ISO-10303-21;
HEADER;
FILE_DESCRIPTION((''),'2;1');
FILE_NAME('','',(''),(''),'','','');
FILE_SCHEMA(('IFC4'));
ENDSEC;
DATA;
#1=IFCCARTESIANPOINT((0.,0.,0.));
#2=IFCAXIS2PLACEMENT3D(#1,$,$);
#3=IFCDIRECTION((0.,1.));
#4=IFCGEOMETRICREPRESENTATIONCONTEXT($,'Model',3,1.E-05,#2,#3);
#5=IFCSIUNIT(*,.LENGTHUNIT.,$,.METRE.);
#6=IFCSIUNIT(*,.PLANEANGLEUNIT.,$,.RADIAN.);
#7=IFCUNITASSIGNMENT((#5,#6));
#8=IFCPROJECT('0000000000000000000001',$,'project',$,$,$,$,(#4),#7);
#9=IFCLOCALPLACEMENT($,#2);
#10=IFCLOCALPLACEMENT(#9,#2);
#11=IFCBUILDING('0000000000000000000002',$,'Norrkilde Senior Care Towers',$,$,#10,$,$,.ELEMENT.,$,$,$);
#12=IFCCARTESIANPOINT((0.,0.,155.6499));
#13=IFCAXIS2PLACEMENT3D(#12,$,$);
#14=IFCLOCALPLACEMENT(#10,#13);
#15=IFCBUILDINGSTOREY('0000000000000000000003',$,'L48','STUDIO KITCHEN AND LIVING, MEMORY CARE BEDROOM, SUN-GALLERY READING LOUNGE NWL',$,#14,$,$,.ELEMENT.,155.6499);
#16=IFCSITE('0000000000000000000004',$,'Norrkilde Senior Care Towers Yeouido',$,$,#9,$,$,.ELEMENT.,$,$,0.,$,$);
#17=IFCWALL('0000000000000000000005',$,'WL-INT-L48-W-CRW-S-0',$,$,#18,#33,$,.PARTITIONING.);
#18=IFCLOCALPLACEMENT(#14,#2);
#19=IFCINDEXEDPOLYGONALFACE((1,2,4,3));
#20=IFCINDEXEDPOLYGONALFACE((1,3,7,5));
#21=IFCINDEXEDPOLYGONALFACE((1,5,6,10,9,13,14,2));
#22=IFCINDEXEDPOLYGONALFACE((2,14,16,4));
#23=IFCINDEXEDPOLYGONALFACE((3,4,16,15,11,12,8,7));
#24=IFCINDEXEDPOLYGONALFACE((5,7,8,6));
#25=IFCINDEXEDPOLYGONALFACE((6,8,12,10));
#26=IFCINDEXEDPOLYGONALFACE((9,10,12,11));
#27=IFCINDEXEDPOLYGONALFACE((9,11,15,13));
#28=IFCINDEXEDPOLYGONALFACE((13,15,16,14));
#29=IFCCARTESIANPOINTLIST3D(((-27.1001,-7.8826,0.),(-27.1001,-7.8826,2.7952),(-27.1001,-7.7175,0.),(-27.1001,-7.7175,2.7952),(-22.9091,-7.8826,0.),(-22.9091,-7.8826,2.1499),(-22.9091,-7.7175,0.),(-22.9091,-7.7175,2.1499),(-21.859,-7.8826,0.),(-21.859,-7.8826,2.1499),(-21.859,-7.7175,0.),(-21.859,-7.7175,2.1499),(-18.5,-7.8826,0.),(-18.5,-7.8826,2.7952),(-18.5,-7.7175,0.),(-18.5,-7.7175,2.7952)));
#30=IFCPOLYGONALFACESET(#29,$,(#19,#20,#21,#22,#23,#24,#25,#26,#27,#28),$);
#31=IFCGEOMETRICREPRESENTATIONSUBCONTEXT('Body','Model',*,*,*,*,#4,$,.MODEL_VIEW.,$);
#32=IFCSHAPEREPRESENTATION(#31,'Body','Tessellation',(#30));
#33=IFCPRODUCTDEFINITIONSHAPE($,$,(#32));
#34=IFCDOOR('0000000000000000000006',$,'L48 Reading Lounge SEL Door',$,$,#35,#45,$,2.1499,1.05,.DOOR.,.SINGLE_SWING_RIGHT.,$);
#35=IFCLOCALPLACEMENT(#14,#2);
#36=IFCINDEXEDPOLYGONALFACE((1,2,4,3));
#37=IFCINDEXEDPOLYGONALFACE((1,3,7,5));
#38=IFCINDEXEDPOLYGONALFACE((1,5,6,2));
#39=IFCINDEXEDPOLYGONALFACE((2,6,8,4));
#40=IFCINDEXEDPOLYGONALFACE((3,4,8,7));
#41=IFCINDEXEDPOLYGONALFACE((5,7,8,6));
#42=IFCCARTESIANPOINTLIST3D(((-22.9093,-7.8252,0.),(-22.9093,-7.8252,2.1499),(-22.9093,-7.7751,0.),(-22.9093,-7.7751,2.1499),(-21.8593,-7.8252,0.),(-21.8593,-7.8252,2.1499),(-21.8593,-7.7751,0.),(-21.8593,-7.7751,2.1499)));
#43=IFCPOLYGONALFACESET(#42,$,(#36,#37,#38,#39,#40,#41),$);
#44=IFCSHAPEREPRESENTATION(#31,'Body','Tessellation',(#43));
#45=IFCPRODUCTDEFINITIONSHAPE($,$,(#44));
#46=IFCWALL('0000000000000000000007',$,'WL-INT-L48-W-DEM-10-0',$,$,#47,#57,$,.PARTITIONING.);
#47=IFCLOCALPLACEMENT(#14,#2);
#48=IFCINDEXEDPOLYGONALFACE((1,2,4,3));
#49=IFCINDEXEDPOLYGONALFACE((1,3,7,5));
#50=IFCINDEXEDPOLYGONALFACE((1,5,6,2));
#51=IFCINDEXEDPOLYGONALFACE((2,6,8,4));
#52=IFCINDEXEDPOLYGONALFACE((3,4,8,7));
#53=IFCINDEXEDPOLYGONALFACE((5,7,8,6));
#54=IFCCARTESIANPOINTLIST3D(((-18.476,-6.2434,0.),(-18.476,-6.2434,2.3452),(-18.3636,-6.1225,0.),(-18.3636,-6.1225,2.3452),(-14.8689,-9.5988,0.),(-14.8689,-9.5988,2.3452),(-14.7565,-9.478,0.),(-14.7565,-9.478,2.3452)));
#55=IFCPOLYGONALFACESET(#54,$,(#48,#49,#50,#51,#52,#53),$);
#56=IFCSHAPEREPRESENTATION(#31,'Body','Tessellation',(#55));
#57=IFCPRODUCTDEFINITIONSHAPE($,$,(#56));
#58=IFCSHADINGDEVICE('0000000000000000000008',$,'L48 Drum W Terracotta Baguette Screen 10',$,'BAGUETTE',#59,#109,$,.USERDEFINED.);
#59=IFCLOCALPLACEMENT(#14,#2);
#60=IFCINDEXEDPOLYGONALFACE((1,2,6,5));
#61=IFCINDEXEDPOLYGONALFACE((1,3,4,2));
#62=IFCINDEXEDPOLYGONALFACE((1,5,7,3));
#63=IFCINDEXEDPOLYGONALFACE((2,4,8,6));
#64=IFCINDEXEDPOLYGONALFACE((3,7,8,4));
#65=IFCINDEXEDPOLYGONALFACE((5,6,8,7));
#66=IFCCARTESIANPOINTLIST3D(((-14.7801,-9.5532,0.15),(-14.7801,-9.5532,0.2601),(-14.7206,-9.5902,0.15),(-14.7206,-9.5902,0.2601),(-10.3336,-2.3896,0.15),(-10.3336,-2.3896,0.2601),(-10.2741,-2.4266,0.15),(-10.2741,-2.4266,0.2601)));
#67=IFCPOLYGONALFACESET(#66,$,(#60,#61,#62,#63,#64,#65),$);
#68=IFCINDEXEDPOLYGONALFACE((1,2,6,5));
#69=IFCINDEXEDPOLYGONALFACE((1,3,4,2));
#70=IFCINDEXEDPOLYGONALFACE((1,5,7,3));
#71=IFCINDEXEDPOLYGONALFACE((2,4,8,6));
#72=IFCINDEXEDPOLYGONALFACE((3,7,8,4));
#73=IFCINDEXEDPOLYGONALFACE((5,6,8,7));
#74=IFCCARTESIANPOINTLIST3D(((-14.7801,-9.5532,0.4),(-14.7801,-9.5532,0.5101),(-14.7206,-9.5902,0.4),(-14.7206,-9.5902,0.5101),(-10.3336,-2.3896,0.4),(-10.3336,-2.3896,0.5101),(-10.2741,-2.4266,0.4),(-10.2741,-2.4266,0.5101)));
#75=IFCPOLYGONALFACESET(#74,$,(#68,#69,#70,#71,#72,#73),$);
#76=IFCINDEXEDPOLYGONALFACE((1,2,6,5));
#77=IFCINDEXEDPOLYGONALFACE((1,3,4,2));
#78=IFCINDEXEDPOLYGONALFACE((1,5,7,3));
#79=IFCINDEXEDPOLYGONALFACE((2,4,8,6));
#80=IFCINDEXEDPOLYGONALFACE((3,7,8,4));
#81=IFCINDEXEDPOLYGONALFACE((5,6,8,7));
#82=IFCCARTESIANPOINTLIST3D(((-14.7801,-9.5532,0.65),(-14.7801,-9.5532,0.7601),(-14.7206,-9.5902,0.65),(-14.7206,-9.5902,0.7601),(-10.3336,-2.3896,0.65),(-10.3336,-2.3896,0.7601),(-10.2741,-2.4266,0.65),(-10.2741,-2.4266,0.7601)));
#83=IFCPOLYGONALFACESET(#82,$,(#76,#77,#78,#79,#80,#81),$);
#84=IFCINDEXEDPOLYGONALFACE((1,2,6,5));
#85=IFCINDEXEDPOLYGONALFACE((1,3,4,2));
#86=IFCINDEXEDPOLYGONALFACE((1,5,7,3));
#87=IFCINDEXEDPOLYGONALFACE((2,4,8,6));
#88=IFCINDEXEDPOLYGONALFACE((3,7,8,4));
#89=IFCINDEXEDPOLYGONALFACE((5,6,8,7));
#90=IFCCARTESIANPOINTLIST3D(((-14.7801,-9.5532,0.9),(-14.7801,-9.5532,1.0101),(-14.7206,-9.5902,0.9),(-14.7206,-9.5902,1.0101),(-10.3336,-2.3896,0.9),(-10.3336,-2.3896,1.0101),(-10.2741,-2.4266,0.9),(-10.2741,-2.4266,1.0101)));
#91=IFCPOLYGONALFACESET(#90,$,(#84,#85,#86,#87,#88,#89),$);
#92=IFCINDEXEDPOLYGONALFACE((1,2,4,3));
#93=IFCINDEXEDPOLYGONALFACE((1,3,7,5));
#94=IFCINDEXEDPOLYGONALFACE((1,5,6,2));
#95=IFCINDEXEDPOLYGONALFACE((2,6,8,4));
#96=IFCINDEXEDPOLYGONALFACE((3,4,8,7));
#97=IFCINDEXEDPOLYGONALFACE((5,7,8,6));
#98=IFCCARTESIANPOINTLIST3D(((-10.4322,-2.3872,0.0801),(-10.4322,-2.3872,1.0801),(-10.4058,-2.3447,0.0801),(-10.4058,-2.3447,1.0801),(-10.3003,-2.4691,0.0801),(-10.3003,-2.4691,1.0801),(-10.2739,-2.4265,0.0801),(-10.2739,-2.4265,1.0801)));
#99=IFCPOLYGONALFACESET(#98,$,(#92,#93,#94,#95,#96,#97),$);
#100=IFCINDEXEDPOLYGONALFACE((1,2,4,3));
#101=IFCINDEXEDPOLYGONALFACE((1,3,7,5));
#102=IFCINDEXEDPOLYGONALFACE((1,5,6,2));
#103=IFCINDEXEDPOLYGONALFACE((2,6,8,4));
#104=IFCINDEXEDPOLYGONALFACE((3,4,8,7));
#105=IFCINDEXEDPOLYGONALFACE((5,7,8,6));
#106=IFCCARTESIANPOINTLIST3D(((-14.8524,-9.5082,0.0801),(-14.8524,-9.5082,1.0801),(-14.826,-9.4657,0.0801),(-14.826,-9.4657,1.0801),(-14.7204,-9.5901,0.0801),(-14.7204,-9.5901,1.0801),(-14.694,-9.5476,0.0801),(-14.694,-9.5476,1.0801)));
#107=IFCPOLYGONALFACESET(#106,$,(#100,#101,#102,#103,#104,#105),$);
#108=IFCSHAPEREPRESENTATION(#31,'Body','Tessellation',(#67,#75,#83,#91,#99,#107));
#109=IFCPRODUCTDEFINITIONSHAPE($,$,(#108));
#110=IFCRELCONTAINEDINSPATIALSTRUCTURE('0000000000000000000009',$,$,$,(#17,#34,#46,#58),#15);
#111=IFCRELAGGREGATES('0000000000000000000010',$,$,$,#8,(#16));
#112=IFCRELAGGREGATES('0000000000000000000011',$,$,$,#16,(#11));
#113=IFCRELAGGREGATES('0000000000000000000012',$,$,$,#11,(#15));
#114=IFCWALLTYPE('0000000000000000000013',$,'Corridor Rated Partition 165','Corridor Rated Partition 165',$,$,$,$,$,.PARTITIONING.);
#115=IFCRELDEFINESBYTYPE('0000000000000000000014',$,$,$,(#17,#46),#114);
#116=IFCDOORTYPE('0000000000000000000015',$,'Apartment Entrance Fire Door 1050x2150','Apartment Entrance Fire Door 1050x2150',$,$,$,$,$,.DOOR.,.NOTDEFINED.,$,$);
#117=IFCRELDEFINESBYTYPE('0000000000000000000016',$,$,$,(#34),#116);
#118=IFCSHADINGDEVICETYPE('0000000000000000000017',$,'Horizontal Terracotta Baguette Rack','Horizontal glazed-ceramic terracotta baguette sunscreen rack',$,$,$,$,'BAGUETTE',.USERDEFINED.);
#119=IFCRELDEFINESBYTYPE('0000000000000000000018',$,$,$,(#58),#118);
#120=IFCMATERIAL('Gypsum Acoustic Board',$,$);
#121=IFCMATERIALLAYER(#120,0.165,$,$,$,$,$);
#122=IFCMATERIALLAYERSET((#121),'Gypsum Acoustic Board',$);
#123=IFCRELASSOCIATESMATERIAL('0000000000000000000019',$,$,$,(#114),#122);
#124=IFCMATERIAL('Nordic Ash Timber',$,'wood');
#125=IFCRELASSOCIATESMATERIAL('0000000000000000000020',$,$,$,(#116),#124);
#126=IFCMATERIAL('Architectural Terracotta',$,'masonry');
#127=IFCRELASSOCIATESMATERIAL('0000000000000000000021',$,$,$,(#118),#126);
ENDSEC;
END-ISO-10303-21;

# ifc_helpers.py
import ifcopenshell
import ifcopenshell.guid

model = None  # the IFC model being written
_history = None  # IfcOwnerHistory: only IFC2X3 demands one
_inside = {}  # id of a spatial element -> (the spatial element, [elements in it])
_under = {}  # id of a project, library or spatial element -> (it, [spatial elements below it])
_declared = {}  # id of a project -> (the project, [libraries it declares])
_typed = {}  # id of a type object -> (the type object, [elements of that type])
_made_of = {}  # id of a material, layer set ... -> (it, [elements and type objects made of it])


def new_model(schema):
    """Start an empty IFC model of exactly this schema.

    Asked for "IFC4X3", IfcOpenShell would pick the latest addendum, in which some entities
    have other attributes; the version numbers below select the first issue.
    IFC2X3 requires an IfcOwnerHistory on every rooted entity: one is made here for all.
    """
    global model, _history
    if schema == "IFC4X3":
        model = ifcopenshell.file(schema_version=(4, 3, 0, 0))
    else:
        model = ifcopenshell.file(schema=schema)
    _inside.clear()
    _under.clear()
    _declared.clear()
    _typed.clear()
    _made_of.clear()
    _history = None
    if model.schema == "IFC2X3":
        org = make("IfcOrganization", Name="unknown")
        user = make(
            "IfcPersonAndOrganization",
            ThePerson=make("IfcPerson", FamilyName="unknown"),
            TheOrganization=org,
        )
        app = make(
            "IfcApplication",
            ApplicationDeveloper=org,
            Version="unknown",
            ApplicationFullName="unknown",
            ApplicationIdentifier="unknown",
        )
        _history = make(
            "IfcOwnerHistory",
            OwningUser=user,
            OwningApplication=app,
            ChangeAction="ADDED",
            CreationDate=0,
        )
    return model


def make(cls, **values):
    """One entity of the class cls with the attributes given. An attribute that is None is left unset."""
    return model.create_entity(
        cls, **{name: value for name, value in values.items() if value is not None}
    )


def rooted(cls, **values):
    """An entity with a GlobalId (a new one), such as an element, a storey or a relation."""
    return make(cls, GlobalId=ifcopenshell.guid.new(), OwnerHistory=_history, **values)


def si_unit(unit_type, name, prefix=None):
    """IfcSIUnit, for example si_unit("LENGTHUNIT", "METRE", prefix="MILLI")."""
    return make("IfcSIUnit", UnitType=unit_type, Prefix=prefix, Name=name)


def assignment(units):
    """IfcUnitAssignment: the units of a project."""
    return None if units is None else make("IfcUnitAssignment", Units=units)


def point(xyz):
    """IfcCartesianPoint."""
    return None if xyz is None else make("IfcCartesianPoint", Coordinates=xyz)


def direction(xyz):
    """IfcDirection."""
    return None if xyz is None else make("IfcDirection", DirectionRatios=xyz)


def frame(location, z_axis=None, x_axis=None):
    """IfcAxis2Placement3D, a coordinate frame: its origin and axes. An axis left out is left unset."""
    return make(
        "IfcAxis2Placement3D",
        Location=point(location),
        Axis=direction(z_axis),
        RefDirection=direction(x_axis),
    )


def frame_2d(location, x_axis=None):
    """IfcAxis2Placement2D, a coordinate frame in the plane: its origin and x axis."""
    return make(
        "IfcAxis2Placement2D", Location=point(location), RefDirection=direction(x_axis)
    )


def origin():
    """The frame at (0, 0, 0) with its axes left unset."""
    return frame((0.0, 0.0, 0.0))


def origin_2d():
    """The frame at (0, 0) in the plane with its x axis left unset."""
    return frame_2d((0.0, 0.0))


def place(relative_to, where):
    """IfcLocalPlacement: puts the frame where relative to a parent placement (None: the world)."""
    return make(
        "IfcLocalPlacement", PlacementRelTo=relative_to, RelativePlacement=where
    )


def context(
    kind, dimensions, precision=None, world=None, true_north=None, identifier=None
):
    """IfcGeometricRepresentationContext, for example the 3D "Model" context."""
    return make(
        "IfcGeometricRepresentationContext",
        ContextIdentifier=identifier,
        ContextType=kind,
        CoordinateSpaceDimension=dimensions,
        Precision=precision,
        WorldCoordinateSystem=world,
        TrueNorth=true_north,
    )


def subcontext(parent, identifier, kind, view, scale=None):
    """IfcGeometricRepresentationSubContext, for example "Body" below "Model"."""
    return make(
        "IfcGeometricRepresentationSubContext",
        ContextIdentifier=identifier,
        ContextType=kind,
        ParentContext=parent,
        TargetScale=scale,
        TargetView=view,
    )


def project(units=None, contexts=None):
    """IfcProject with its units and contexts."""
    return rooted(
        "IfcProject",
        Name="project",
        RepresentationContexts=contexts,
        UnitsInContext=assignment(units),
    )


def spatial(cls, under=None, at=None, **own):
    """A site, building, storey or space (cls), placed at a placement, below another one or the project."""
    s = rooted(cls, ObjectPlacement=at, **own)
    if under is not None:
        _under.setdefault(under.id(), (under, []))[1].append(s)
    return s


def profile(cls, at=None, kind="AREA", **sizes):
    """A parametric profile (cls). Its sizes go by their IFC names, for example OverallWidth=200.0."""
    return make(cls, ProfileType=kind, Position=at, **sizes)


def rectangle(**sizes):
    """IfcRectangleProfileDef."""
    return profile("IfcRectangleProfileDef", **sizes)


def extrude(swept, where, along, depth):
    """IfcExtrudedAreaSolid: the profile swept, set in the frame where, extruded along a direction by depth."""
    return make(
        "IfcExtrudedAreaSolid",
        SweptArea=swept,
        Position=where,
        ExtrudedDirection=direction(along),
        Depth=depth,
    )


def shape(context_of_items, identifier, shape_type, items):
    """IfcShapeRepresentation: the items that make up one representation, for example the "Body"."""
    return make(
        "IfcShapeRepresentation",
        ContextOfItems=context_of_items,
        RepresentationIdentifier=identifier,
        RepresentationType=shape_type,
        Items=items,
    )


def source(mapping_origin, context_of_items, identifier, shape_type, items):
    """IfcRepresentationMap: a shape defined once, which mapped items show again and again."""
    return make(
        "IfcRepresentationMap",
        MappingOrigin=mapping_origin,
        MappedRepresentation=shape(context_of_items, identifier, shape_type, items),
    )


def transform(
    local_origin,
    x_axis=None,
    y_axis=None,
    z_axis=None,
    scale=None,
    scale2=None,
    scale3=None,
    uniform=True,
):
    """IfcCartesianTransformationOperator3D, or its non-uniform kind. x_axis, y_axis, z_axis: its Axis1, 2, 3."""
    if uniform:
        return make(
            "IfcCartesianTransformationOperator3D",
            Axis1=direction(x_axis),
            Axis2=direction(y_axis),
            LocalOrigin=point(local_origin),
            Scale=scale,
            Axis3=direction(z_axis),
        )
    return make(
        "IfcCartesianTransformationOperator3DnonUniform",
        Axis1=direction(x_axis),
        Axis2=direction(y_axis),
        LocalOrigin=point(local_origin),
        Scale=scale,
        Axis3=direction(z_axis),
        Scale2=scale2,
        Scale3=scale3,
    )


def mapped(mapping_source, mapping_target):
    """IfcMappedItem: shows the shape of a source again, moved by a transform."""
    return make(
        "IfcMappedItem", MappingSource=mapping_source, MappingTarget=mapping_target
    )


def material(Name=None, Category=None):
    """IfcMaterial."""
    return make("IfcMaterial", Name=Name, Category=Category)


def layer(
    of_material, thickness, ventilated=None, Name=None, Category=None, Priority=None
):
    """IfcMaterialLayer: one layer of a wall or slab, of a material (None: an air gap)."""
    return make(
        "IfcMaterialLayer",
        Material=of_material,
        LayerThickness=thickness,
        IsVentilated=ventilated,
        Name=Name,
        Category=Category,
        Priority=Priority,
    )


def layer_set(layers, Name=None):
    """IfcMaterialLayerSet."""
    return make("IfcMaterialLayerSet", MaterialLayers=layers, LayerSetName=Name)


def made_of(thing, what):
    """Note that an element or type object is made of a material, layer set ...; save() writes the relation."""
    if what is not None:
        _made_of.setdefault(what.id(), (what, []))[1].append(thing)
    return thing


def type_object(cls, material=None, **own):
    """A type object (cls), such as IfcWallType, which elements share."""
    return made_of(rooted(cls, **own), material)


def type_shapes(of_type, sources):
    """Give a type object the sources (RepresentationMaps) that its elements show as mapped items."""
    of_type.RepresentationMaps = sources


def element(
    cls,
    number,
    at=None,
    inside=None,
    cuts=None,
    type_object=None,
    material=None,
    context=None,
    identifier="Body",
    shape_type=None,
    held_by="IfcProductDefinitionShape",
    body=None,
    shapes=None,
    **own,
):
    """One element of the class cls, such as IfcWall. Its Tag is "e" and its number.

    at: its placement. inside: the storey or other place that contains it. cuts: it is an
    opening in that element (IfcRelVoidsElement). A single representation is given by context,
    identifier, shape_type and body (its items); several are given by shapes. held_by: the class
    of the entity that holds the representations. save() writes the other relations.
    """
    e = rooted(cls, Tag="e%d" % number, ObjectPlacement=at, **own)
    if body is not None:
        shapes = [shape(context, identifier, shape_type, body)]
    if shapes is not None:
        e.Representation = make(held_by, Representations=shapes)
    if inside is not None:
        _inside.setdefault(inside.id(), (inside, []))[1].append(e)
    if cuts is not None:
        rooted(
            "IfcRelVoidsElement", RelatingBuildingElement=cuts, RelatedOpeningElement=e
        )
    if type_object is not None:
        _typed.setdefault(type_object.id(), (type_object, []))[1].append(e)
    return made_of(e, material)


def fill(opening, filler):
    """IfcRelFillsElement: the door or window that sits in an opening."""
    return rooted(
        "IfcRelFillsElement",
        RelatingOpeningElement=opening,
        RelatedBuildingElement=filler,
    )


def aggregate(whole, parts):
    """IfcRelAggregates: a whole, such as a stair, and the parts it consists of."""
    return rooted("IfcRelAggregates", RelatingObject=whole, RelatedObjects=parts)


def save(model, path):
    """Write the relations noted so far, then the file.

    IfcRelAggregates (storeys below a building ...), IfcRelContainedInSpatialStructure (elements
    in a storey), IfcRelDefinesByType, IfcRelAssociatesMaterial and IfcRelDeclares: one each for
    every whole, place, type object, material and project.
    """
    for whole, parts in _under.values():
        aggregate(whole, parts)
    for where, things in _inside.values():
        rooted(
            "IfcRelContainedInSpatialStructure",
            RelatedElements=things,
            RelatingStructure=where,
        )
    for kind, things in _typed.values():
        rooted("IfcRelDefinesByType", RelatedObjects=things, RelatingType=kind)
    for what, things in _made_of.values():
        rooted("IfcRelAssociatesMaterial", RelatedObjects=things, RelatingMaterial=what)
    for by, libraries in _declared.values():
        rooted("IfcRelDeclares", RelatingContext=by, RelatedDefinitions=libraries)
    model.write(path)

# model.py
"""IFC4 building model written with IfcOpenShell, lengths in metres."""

from ifc_helpers import new_model, si_unit, direction, frame, frame_2d, origin, origin_2d, place, context, subcontext, project, spatial, rectangle, extrude, source, transform, mapped, material, layer, layer_set, type_object, type_shapes, element, fill, save


model = new_model("IFC4")

# Units and contexts
model_context = context("Model", 3, precision=1e-05, world=origin(), true_north=direction((0.0, 1.0)))
body_context = subcontext(model_context, "Body", "Model", "MODEL_VIEW")
ifc_project = project(units=[si_unit("LENGTHUNIT", "METRE"), si_unit("PLANEANGLEUNIT", "RADIAN")], contexts=[model_context])

# Site, building, storey
site_placement = place(None, origin())
site = spatial("IfcSite", under=ifc_project, at=site_placement, Name="Norrkilde Senior Care Towers Yeouido", CompositionType="ELEMENT", RefElevation=0.0)
building_placement = place(site_placement, origin())
building = spatial("IfcBuilding", under=site, at=building_placement, Name="Norrkilde Senior Care Towers", CompositionType="ELEMENT")
storey_placement = place(building_placement, frame((0.0, 0.0, 155.6499)))
storey = spatial("IfcBuildingStorey", under=building, at=storey_placement, Name="L48", Description="STUDIO KITCHEN AND LIVING, MEMORY CARE BEDROOM, SUN-GALLERY READING LOUNGE NWL", CompositionType="ELEMENT", Elevation=155.6499)

# Wall, opening, door
ifc_material_1 = material(Name="Gypsum Acoustic Board")
ifc_layer_1 = layer(ifc_material_1, 0.165)
ifc_layer_set_1 = layer_set([ifc_layer_1], Name="Gypsum Acoustic Board")
wall_type = type_object("IfcWallType", Name="Corridor Rated Partition 165", Description="Corridor Rated Partition 165", PredefinedType="PARTITIONING", material=ifc_layer_set_1)
shared_shape_1 = source(origin(), body_context, "Body", "SweptSolid", [
    extrude(rectangle(XDim=8.6001, YDim=0.165, at=frame_2d((4.3, 0.0))), origin(), (0.0, 0.0, 1.0), 2.7952),
])
wall_1_placement = place(storey_placement, frame((-18.5, -7.8, 0.0), z_axis=(0.0, 0.0, 1.0), x_axis=(-1.0, 0.0, 0.0)))
wall_1 = element("IfcWall", 1, at=wall_1_placement, inside=storey, type_object=wall_type, Name="WL-INT-L48-W-CRW-S-0", PredefinedType="PARTITIONING", context=body_context, shape_type="MappedRepresentation", body=[
    mapped(shared_shape_1, transform((0.0, 0.0, 0.0), x_axis=(1.0, 0.0, 0.0), y_axis=(0.0, 1.0, 0.0), z_axis=(0.0, 0.0, 1.0), scale=1.0)),
])
opening_placement = place(wall_1_placement, frame((3.3591, 0.0, 0.0)))
opening = element("IfcOpeningElement", 2, at=opening_placement, cuts=wall_1, PredefinedType="OPENING", context=body_context, shape_type="SweptSolid", body=[
    extrude(rectangle(XDim=1.05, YDim=2.1499, at=frame_2d((0.5249, 1.075))), frame((0.0, 0.0925, 0.0), z_axis=(0.0, -1.0, 0.0), x_axis=(1.0, 0.0, 0.0)), (0.0, 0.0, 1.0), 0.1851),
])
ifc_material_2 = material(Name="Nordic Ash Timber", Category="wood")
door_type = type_object("IfcDoorType", Name="Apartment Entrance Fire Door 1050x2150", Description="Apartment Entrance Fire Door 1050x2150", OperationType="NOTDEFINED", PredefinedType="DOOR", material=ifc_material_2)
shared_shape_2 = source(origin(), body_context, "Body", "SweptSolid", [
    extrude(rectangle(XDim=1.05, YDim=2.1499, at=frame_2d((0.5249, 1.075))), frame((0.0, 0.0249, 0.0), z_axis=(0.0, -1.0, 0.0), x_axis=(1.0, 0.0, 0.0)), (0.0, 0.0, 1.0), 0.05),
])
type_shapes(door_type, [shared_shape_2])
door_placement = place(opening_placement, frame((1.05, 0.0, 0.0), z_axis=(0.0, 0.0, 1.0), x_axis=(-1.0, 0.0, 0.0)))
door = element("IfcDoor", 3, at=door_placement, inside=storey, type_object=door_type, Name="L48 Reading Lounge SEL Door", OperationType="SINGLE_SWING_RIGHT", OverallHeight=2.1499, OverallWidth=1.05, PredefinedType="DOOR", context=body_context, shape_type="MappedRepresentation", body=[
    mapped(shared_shape_2, transform((0.0, 0.0, 0.0), x_axis=(1.0, 0.0, 0.0), y_axis=(0.0, 1.0, 0.0), z_axis=(0.0, 0.0, 1.0), scale=1.0)),
])
fill(opening, door)

# Wall
shared_shape_3 = source(origin(), body_context, "Body", "SweptSolid", [
    extrude(rectangle(XDim=4.9265, YDim=0.165, at=frame_2d((2.4634, 0.0))), origin(), (0.0, 0.0, 1.0), 2.3452),
])
type_shapes(wall_type, [shared_shape_1, shared_shape_3])
wall_2_placement = place(storey_placement, frame((-18.4199, -6.1829, 0.0), z_axis=(0.0, 0.0, 1.0), x_axis=(0.732191, -0.681099, 0.0)))
element("IfcWall", 4, at=wall_2_placement, inside=storey, type_object=wall_type, Name="WL-INT-L48-W-DEM-10-0", PredefinedType="PARTITIONING", context=body_context, shape_type="MappedRepresentation", body=[
    mapped(shared_shape_3, transform((0.0, 0.0, 0.0), x_axis=(1.0, 0.0, 0.0), y_axis=(0.0, 1.0, 0.0), z_axis=(0.0, 0.0, 1.0), scale=1.0)),
])

# Shading device
ifc_material_3 = material(Name="Architectural Terracotta", Category="masonry")
shading_device_type = type_object("IfcShadingDeviceType", Name="Horizontal Terracotta Baguette Rack", Description="Horizontal glazed-ceramic terracotta baguette sunscreen rack", ElementType="BAGUETTE", PredefinedType="USERDEFINED", material=ifc_material_3)
shared_shape_4 = source(origin(), body_context, "Body", "SweptSolid", [
    extrude(rectangle(XDim=0.0701, YDim=0.1101, at=origin_2d()), frame((0.0, 0.0901, 0.125), z_axis=(1.0, 0.0, 0.0), x_axis=(0.0, 1.0, 0.0)), (0.0, 0.0, 1.0), 8.4314),
    extrude(rectangle(XDim=0.0701, YDim=0.1101, at=origin_2d()), frame((0.0, 0.0901, 0.375), z_axis=(1.0, 0.0, 0.0), x_axis=(0.0, 1.0, 0.0)), (0.0, 0.0, 1.0), 8.4314),
    extrude(rectangle(XDim=0.0701, YDim=0.1101, at=origin_2d()), frame((0.0, 0.0901, 0.625), z_axis=(1.0, 0.0, 0.0), x_axis=(0.0, 1.0, 0.0)), (0.0, 0.0, 1.0), 8.4314),
    extrude(rectangle(XDim=0.0701, YDim=0.1101, at=origin_2d()), frame((0.0, 0.0901, 0.875), z_axis=(1.0, 0.0, 0.0), x_axis=(0.0, 1.0, 0.0)), (0.0, 0.0, 1.0), 8.4314),
    extrude(rectangle(XDim=0.05, YDim=0.1553, at=origin_2d()), frame((0.0249, 0.0476, 0.0)), (0.0, 0.0, 1.0), 1.0),
    extrude(rectangle(XDim=0.05, YDim=0.1553, at=origin_2d()), frame((8.4062, 0.0476, 0.0)), (0.0, 0.0, 1.0), 1.0),
])
type_shapes(shading_device_type, [shared_shape_4])
shading_device_placement = place(storey_placement, frame((-10.3804, -2.3606, 0.0801), z_axis=(0.0, 0.0, 1.0), x_axis=(-0.527378, -0.849631, 0.0)))
element("IfcShadingDevice", 5, at=shading_device_placement, inside=storey, type_object=shading_device_type, Name="L48 Drum W Terracotta Baguette Screen 10", ObjectType="BAGUETTE", PredefinedType="USERDEFINED", context=body_context, shape_type="MappedRepresentation", body=[
    mapped(shared_shape_4, transform((0.0, 0.0, 0.0), x_axis=(1.0, 0.0, 0.0), y_axis=(0.0, 1.0, 0.0), z_axis=(0.0, 0.0, 1.0), scale=1.0)),
])

save(model, "model.ifc")
